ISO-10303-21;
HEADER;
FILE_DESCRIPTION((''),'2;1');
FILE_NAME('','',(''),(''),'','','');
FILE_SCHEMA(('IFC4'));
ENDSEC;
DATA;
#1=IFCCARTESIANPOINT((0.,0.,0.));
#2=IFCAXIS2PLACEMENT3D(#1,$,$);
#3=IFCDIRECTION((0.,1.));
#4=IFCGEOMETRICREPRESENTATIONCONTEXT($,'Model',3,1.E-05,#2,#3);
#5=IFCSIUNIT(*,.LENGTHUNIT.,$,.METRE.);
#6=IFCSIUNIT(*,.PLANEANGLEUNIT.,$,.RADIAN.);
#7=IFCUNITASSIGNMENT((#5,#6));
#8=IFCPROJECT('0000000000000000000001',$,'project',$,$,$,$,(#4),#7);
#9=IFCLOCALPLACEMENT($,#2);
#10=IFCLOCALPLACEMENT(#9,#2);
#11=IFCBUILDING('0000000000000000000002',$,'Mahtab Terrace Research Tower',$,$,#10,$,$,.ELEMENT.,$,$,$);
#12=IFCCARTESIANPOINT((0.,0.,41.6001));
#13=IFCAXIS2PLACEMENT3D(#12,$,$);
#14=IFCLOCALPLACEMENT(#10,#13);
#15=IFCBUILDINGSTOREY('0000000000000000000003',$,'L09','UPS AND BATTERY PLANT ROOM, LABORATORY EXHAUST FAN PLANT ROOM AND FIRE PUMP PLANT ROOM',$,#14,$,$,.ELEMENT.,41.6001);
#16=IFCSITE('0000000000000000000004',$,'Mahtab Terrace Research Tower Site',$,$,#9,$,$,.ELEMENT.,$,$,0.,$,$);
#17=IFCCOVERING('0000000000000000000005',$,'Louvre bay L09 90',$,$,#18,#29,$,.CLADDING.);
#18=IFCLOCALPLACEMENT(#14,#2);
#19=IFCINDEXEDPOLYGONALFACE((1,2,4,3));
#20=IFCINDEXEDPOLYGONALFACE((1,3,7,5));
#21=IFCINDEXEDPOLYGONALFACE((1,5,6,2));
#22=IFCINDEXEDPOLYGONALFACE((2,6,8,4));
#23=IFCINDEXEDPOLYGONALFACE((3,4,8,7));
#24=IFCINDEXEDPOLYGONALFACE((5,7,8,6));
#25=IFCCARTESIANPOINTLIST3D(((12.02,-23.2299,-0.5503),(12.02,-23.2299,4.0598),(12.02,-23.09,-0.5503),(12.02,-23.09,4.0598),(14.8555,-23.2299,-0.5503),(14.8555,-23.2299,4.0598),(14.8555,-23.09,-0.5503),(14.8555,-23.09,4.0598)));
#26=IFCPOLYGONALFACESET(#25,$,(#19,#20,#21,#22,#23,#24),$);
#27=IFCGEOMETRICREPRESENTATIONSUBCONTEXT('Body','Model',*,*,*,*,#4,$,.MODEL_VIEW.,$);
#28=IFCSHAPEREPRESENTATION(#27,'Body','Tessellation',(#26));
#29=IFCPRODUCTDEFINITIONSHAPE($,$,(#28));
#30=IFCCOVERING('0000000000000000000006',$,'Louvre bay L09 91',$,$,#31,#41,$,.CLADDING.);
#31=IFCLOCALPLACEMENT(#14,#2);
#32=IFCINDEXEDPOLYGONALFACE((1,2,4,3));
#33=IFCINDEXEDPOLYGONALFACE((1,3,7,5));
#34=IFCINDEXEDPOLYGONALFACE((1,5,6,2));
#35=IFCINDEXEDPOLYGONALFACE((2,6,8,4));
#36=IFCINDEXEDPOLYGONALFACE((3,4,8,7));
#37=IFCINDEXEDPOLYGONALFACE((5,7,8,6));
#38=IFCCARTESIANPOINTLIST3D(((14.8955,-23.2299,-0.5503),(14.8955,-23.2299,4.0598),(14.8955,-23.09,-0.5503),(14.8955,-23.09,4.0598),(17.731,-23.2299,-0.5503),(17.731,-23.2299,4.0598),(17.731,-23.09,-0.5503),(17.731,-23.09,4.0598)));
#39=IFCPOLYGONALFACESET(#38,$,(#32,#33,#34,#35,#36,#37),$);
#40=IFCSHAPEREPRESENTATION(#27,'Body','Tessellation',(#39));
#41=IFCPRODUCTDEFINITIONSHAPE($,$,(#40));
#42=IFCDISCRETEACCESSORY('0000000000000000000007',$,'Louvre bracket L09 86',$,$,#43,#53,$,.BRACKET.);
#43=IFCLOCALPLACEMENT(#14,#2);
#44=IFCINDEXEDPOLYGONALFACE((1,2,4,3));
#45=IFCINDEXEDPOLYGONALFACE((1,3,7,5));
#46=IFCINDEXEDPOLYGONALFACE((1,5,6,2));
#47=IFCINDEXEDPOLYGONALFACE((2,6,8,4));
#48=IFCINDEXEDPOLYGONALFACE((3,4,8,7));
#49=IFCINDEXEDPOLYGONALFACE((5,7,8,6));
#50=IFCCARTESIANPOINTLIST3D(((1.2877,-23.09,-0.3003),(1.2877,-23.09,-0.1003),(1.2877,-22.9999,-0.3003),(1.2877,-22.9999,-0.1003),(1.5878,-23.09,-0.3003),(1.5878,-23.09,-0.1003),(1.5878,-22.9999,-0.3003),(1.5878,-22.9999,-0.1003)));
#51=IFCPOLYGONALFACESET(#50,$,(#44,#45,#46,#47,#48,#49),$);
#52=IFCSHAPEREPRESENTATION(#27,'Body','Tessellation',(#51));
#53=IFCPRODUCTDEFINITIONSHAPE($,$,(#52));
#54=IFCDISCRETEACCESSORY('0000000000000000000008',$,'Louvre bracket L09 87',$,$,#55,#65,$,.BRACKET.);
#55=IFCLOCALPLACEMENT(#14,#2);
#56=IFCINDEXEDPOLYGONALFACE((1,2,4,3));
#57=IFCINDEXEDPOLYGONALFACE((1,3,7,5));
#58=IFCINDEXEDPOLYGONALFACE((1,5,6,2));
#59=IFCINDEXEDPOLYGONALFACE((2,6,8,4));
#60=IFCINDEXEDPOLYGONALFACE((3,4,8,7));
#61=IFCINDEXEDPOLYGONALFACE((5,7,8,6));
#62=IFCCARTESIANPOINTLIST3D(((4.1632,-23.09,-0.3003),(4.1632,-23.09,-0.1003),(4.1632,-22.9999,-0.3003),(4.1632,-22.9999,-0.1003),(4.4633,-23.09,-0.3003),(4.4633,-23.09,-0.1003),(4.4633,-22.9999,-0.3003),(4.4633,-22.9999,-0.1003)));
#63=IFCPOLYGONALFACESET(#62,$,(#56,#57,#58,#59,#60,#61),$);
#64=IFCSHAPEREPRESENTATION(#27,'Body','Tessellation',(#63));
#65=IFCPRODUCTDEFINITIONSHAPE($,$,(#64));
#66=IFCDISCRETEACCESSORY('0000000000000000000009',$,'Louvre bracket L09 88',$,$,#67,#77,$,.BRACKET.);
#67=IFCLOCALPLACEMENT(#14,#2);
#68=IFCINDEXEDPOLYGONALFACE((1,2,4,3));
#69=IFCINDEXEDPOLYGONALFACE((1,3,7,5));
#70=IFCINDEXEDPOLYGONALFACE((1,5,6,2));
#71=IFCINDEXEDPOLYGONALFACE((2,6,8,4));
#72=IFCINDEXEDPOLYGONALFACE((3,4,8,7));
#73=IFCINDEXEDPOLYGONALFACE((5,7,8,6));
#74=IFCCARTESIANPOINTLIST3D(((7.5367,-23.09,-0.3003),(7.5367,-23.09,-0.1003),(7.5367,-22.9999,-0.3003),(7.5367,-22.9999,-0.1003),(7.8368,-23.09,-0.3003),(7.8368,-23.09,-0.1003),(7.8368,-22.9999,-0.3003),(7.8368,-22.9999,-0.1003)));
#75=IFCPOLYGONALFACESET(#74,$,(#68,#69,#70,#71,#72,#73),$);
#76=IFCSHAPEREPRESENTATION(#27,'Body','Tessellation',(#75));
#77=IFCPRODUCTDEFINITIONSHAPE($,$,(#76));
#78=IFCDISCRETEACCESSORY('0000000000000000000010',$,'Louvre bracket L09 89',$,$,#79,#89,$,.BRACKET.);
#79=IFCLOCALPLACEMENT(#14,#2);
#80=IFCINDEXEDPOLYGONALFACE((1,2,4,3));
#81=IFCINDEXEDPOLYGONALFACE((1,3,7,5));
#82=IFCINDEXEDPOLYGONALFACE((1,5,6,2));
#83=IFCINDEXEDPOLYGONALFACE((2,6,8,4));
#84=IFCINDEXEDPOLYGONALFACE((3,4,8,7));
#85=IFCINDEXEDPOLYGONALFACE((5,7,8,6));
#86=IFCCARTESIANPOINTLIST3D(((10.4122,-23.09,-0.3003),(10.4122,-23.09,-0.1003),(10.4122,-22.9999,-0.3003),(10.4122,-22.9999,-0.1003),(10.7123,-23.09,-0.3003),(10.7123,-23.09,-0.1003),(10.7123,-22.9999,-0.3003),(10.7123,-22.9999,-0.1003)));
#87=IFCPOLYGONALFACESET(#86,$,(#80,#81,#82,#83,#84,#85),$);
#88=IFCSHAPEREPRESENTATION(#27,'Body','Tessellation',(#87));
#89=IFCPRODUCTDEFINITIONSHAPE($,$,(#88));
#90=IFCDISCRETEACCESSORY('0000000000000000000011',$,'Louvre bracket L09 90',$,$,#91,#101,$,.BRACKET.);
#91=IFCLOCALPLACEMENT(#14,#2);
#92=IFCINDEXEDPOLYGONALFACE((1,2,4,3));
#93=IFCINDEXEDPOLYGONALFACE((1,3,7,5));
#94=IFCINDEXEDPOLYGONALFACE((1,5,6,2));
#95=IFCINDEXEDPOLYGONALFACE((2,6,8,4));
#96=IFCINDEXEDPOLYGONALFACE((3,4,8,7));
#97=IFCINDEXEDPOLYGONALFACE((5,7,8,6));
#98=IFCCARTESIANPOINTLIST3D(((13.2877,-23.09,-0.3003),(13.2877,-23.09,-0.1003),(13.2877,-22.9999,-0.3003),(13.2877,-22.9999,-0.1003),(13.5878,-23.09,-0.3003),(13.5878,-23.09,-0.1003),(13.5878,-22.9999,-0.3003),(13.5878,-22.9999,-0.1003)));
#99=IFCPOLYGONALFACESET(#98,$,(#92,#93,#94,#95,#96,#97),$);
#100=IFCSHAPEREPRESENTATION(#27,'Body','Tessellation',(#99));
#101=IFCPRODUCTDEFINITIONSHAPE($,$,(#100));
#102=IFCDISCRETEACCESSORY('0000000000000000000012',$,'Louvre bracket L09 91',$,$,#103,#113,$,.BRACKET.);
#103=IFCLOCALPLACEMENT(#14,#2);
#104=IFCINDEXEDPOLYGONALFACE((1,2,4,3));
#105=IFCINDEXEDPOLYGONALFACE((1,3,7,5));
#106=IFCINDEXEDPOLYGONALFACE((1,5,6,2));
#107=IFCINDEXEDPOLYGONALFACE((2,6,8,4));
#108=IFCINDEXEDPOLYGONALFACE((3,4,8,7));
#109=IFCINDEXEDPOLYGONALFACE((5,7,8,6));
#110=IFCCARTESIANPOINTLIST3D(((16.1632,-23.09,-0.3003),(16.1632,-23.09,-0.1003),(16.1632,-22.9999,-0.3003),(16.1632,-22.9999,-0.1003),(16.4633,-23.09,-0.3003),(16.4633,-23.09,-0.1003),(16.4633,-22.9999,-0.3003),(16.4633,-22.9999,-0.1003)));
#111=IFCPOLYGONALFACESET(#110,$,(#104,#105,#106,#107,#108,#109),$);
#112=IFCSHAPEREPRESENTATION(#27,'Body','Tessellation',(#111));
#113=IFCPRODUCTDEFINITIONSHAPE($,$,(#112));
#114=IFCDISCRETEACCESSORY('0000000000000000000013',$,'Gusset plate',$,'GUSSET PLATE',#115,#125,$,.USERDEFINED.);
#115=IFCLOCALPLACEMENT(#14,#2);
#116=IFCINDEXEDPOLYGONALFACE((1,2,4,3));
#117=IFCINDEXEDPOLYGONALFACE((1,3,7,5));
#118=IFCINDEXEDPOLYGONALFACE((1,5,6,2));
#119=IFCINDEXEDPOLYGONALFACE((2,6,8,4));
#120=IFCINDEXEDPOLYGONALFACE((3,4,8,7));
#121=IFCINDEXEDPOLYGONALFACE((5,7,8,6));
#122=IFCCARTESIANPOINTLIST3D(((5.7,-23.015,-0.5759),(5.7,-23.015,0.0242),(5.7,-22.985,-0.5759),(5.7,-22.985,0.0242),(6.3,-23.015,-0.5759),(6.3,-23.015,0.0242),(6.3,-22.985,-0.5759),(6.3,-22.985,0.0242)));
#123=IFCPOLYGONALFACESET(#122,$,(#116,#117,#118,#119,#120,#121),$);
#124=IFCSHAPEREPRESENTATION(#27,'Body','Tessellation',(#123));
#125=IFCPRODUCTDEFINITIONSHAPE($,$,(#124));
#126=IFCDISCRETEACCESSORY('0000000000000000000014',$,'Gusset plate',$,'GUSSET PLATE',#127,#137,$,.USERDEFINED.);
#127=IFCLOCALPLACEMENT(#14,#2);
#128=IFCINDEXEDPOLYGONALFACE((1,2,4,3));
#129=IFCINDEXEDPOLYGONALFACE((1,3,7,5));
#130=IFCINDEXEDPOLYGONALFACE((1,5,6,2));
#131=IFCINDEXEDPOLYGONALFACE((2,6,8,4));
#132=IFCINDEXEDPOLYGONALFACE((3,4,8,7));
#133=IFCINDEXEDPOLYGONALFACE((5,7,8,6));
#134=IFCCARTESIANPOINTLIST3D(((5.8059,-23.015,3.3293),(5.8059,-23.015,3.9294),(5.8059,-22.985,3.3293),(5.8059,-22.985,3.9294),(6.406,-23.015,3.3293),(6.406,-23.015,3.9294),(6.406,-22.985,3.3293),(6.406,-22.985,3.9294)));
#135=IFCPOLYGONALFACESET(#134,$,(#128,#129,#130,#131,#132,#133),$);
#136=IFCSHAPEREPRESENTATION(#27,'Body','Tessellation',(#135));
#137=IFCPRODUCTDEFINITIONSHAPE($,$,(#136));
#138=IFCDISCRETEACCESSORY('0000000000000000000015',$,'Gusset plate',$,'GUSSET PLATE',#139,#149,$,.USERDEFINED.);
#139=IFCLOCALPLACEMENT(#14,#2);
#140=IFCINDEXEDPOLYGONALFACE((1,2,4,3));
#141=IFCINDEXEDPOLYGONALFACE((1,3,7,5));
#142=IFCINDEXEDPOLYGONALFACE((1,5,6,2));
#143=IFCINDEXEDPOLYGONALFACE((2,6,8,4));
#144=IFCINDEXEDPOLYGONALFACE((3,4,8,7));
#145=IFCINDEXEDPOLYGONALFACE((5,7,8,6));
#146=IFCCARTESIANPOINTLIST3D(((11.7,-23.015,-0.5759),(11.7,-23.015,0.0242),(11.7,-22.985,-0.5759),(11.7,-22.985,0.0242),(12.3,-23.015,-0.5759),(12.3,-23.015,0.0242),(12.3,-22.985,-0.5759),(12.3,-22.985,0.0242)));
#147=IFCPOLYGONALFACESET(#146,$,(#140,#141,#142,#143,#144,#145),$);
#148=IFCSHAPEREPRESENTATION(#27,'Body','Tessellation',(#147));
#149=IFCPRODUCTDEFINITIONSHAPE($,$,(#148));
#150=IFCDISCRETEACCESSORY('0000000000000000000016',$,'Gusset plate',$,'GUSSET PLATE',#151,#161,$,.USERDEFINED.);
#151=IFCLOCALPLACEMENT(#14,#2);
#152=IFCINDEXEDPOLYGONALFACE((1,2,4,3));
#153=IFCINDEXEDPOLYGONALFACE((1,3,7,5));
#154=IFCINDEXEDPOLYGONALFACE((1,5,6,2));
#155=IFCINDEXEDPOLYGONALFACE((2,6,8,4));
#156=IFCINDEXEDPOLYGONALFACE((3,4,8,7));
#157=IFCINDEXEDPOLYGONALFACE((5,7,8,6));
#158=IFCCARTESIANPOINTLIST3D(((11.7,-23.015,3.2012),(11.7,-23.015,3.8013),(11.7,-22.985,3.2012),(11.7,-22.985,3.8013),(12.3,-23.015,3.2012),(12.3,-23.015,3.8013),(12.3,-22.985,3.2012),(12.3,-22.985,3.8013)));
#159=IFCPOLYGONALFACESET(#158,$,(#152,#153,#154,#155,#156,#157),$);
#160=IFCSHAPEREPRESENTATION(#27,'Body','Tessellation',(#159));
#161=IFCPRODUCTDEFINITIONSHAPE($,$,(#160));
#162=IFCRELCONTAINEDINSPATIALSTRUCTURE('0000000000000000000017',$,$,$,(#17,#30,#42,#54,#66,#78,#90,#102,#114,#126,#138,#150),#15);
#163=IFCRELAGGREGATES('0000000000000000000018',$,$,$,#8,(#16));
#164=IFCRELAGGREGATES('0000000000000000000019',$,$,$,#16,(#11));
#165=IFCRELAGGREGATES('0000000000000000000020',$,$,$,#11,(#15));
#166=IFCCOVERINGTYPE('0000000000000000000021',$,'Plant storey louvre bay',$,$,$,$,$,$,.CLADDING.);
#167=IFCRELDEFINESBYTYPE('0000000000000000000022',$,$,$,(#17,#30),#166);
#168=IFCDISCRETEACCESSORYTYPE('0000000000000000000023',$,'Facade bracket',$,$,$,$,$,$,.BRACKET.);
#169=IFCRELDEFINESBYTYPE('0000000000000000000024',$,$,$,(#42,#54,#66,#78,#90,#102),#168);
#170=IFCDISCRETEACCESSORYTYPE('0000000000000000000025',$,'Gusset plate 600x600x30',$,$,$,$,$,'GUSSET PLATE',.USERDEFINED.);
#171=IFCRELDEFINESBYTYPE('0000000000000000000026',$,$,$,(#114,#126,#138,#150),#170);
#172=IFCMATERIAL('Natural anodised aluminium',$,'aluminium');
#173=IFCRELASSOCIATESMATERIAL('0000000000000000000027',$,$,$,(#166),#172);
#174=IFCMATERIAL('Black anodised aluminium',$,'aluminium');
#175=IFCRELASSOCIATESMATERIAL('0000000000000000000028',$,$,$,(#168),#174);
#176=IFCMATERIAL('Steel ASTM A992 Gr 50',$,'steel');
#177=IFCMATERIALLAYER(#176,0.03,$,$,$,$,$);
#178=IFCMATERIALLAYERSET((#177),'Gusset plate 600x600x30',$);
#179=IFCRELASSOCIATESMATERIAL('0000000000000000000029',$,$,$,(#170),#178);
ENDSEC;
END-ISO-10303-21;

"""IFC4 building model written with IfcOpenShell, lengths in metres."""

from ifc_helpers import new_model, si_unit, direction, frame, origin, origin_2d, place, context, subcontext, project, spatial, rectangle, extrude, material, layer, layer_set, type_object, element, save


model = new_model("IFC4")

# Units and contexts
model_context = context("Model", 3, precision=1e-05, world=origin(), true_north=direction((0.0, 1.0)))
body_context = subcontext(model_context, "Body", "Model", "MODEL_VIEW")
ifc_project = project(units=[si_unit("LENGTHUNIT", "METRE"), si_unit("PLANEANGLEUNIT", "RADIAN")], contexts=[model_context])

# Site, building, storey
site_placement = place(None, origin())
site = spatial("IfcSite", under=ifc_project, at=site_placement, Name="Mahtab Terrace Research Tower Site", CompositionType="ELEMENT", RefElevation=0.0)
building_placement = place(site_placement, origin())
building = spatial("IfcBuilding", under=site, at=building_placement, Name="Mahtab Terrace Research Tower", CompositionType="ELEMENT")
storey_placement = place(building_placement, frame((0.0, 0.0, 41.6001)))
storey = spatial("IfcBuildingStorey", under=building, at=storey_placement, Name="L09", Description="UPS AND BATTERY PLANT ROOM, LABORATORY EXHAUST FAN PLANT ROOM AND FIRE PUMP PLANT ROOM", CompositionType="ELEMENT", Elevation=41.6001)

# Shared definitions
ifc_material_1 = material(Name="Steel ASTM A992 Gr 50", Category="steel")

# Coverings
ifc_material_2 = material(Name="Natural anodised aluminium", Category="aluminium")
covering_type = type_object("IfcCoveringType", Name="Plant storey louvre bay", PredefinedType="CLADDING", material=ifc_material_2)
for number, where, z_axis, x_axis, name in (
    (1, (13.4377, -23.1599, -0.5503), (0.0, 0.0, 1.0), (1.0, 0.0, 0.0), "Louvre bay L09 90"),
    (2, (16.3132, -23.1599, -0.5503), (0.0, 0.0, 1.0), (1.0, 0.0, 0.0), "Louvre bay L09 91"),
):
    element("IfcCovering", number, at=place(storey_placement, frame(where, z_axis=z_axis, x_axis=x_axis)), inside=storey, type_object=covering_type, Name=name, PredefinedType="CLADDING", context=body_context, shape_type="SweptSolid", body=[
        extrude(rectangle(XDim=2.8354, YDim=0.1399, at=origin_2d()), origin(), (0.0, 0.0, 1.0), 4.6101),
    ])

# Discrete accessories
ifc_material_3 = material(Name="Black anodised aluminium", Category="aluminium")
discrete_accessory_type_1 = type_object("IfcDiscreteAccessoryType", Name="Facade bracket", PredefinedType="BRACKET", material=ifc_material_3)
for number, where, z_axis, x_axis, name in (
    (3, (1.4377, -23.0449, -0.3003), (0.0, 0.0, 1.0), (1.0, 0.0, 0.0), "Louvre bracket L09 86"),
    (4, (4.3132, -23.0449, -0.3003), (0.0, 0.0, 1.0), (1.0, 0.0, 0.0), "Louvre bracket L09 87"),
    (5, (7.6868, -23.0449, -0.3003), (0.0, 0.0, 1.0), (1.0, 0.0, 0.0), "Louvre bracket L09 88"),
    (6, (10.5623, -23.0449, -0.3003), (0.0, 0.0, 1.0), (1.0, 0.0, 0.0), "Louvre bracket L09 89"),
    (7, (13.4377, -23.0449, -0.3003), (0.0, 0.0, 1.0), (1.0, 0.0, 0.0), "Louvre bracket L09 90"),
    (8, (16.3132, -23.0449, -0.3003), (0.0, 0.0, 1.0), (1.0, 0.0, 0.0), "Louvre bracket L09 91"),
):
    element("IfcDiscreteAccessory", number, at=place(storey_placement, frame(where, z_axis=z_axis, x_axis=x_axis)), inside=storey, type_object=discrete_accessory_type_1, Name=name, PredefinedType="BRACKET", context=body_context, shape_type="SweptSolid", body=[
        extrude(rectangle(XDim=0.3, YDim=0.0901, at=origin_2d()), origin(), (0.0, 0.0, 1.0), 0.2),
    ])
ifc_layer_1 = layer(ifc_material_1, 0.03)
ifc_layer_set_1 = layer_set([ifc_layer_1], Name="Gusset plate 600x600x30")
discrete_accessory_type_2 = type_object("IfcDiscreteAccessoryType", Name="Gusset plate 600x600x30", ElementType="GUSSET PLATE", PredefinedType="USERDEFINED", material=ifc_layer_set_1)
for number, where, z_axis, x_axis, name in (
    (9, (6.0, -23.0, -0.5759), (0.0, 0.0, 1.0), (1.0, 0.0, 0.0), "Gusset plate"),
    (10, (6.106, -23.0, 3.3293), (0.0, 0.0, 1.0), (1.0, 0.0, 0.0), "Gusset plate"),
    (11, (12.0, -23.0, -0.5759), (0.0, 0.0, 1.0), (1.0, 0.0, 0.0), "Gusset plate"),
    (12, (12.0, -23.0, 3.2012), (0.0, 0.0, 1.0), (1.0, 0.0, 0.0), "Gusset plate"),
):
    element("IfcDiscreteAccessory", number, at=place(storey_placement, frame(where, z_axis=z_axis, x_axis=x_axis)), inside=storey, type_object=discrete_accessory_type_2, Name=name, ObjectType="GUSSET PLATE", PredefinedType="USERDEFINED", context=body_context, shape_type="SweptSolid", body=[
        extrude(rectangle(XDim=0.6001, YDim=0.03, at=origin_2d()), origin(), (0.0, 0.0, 1.0), 0.6001),
    ])

save(model, "model.ifc")
